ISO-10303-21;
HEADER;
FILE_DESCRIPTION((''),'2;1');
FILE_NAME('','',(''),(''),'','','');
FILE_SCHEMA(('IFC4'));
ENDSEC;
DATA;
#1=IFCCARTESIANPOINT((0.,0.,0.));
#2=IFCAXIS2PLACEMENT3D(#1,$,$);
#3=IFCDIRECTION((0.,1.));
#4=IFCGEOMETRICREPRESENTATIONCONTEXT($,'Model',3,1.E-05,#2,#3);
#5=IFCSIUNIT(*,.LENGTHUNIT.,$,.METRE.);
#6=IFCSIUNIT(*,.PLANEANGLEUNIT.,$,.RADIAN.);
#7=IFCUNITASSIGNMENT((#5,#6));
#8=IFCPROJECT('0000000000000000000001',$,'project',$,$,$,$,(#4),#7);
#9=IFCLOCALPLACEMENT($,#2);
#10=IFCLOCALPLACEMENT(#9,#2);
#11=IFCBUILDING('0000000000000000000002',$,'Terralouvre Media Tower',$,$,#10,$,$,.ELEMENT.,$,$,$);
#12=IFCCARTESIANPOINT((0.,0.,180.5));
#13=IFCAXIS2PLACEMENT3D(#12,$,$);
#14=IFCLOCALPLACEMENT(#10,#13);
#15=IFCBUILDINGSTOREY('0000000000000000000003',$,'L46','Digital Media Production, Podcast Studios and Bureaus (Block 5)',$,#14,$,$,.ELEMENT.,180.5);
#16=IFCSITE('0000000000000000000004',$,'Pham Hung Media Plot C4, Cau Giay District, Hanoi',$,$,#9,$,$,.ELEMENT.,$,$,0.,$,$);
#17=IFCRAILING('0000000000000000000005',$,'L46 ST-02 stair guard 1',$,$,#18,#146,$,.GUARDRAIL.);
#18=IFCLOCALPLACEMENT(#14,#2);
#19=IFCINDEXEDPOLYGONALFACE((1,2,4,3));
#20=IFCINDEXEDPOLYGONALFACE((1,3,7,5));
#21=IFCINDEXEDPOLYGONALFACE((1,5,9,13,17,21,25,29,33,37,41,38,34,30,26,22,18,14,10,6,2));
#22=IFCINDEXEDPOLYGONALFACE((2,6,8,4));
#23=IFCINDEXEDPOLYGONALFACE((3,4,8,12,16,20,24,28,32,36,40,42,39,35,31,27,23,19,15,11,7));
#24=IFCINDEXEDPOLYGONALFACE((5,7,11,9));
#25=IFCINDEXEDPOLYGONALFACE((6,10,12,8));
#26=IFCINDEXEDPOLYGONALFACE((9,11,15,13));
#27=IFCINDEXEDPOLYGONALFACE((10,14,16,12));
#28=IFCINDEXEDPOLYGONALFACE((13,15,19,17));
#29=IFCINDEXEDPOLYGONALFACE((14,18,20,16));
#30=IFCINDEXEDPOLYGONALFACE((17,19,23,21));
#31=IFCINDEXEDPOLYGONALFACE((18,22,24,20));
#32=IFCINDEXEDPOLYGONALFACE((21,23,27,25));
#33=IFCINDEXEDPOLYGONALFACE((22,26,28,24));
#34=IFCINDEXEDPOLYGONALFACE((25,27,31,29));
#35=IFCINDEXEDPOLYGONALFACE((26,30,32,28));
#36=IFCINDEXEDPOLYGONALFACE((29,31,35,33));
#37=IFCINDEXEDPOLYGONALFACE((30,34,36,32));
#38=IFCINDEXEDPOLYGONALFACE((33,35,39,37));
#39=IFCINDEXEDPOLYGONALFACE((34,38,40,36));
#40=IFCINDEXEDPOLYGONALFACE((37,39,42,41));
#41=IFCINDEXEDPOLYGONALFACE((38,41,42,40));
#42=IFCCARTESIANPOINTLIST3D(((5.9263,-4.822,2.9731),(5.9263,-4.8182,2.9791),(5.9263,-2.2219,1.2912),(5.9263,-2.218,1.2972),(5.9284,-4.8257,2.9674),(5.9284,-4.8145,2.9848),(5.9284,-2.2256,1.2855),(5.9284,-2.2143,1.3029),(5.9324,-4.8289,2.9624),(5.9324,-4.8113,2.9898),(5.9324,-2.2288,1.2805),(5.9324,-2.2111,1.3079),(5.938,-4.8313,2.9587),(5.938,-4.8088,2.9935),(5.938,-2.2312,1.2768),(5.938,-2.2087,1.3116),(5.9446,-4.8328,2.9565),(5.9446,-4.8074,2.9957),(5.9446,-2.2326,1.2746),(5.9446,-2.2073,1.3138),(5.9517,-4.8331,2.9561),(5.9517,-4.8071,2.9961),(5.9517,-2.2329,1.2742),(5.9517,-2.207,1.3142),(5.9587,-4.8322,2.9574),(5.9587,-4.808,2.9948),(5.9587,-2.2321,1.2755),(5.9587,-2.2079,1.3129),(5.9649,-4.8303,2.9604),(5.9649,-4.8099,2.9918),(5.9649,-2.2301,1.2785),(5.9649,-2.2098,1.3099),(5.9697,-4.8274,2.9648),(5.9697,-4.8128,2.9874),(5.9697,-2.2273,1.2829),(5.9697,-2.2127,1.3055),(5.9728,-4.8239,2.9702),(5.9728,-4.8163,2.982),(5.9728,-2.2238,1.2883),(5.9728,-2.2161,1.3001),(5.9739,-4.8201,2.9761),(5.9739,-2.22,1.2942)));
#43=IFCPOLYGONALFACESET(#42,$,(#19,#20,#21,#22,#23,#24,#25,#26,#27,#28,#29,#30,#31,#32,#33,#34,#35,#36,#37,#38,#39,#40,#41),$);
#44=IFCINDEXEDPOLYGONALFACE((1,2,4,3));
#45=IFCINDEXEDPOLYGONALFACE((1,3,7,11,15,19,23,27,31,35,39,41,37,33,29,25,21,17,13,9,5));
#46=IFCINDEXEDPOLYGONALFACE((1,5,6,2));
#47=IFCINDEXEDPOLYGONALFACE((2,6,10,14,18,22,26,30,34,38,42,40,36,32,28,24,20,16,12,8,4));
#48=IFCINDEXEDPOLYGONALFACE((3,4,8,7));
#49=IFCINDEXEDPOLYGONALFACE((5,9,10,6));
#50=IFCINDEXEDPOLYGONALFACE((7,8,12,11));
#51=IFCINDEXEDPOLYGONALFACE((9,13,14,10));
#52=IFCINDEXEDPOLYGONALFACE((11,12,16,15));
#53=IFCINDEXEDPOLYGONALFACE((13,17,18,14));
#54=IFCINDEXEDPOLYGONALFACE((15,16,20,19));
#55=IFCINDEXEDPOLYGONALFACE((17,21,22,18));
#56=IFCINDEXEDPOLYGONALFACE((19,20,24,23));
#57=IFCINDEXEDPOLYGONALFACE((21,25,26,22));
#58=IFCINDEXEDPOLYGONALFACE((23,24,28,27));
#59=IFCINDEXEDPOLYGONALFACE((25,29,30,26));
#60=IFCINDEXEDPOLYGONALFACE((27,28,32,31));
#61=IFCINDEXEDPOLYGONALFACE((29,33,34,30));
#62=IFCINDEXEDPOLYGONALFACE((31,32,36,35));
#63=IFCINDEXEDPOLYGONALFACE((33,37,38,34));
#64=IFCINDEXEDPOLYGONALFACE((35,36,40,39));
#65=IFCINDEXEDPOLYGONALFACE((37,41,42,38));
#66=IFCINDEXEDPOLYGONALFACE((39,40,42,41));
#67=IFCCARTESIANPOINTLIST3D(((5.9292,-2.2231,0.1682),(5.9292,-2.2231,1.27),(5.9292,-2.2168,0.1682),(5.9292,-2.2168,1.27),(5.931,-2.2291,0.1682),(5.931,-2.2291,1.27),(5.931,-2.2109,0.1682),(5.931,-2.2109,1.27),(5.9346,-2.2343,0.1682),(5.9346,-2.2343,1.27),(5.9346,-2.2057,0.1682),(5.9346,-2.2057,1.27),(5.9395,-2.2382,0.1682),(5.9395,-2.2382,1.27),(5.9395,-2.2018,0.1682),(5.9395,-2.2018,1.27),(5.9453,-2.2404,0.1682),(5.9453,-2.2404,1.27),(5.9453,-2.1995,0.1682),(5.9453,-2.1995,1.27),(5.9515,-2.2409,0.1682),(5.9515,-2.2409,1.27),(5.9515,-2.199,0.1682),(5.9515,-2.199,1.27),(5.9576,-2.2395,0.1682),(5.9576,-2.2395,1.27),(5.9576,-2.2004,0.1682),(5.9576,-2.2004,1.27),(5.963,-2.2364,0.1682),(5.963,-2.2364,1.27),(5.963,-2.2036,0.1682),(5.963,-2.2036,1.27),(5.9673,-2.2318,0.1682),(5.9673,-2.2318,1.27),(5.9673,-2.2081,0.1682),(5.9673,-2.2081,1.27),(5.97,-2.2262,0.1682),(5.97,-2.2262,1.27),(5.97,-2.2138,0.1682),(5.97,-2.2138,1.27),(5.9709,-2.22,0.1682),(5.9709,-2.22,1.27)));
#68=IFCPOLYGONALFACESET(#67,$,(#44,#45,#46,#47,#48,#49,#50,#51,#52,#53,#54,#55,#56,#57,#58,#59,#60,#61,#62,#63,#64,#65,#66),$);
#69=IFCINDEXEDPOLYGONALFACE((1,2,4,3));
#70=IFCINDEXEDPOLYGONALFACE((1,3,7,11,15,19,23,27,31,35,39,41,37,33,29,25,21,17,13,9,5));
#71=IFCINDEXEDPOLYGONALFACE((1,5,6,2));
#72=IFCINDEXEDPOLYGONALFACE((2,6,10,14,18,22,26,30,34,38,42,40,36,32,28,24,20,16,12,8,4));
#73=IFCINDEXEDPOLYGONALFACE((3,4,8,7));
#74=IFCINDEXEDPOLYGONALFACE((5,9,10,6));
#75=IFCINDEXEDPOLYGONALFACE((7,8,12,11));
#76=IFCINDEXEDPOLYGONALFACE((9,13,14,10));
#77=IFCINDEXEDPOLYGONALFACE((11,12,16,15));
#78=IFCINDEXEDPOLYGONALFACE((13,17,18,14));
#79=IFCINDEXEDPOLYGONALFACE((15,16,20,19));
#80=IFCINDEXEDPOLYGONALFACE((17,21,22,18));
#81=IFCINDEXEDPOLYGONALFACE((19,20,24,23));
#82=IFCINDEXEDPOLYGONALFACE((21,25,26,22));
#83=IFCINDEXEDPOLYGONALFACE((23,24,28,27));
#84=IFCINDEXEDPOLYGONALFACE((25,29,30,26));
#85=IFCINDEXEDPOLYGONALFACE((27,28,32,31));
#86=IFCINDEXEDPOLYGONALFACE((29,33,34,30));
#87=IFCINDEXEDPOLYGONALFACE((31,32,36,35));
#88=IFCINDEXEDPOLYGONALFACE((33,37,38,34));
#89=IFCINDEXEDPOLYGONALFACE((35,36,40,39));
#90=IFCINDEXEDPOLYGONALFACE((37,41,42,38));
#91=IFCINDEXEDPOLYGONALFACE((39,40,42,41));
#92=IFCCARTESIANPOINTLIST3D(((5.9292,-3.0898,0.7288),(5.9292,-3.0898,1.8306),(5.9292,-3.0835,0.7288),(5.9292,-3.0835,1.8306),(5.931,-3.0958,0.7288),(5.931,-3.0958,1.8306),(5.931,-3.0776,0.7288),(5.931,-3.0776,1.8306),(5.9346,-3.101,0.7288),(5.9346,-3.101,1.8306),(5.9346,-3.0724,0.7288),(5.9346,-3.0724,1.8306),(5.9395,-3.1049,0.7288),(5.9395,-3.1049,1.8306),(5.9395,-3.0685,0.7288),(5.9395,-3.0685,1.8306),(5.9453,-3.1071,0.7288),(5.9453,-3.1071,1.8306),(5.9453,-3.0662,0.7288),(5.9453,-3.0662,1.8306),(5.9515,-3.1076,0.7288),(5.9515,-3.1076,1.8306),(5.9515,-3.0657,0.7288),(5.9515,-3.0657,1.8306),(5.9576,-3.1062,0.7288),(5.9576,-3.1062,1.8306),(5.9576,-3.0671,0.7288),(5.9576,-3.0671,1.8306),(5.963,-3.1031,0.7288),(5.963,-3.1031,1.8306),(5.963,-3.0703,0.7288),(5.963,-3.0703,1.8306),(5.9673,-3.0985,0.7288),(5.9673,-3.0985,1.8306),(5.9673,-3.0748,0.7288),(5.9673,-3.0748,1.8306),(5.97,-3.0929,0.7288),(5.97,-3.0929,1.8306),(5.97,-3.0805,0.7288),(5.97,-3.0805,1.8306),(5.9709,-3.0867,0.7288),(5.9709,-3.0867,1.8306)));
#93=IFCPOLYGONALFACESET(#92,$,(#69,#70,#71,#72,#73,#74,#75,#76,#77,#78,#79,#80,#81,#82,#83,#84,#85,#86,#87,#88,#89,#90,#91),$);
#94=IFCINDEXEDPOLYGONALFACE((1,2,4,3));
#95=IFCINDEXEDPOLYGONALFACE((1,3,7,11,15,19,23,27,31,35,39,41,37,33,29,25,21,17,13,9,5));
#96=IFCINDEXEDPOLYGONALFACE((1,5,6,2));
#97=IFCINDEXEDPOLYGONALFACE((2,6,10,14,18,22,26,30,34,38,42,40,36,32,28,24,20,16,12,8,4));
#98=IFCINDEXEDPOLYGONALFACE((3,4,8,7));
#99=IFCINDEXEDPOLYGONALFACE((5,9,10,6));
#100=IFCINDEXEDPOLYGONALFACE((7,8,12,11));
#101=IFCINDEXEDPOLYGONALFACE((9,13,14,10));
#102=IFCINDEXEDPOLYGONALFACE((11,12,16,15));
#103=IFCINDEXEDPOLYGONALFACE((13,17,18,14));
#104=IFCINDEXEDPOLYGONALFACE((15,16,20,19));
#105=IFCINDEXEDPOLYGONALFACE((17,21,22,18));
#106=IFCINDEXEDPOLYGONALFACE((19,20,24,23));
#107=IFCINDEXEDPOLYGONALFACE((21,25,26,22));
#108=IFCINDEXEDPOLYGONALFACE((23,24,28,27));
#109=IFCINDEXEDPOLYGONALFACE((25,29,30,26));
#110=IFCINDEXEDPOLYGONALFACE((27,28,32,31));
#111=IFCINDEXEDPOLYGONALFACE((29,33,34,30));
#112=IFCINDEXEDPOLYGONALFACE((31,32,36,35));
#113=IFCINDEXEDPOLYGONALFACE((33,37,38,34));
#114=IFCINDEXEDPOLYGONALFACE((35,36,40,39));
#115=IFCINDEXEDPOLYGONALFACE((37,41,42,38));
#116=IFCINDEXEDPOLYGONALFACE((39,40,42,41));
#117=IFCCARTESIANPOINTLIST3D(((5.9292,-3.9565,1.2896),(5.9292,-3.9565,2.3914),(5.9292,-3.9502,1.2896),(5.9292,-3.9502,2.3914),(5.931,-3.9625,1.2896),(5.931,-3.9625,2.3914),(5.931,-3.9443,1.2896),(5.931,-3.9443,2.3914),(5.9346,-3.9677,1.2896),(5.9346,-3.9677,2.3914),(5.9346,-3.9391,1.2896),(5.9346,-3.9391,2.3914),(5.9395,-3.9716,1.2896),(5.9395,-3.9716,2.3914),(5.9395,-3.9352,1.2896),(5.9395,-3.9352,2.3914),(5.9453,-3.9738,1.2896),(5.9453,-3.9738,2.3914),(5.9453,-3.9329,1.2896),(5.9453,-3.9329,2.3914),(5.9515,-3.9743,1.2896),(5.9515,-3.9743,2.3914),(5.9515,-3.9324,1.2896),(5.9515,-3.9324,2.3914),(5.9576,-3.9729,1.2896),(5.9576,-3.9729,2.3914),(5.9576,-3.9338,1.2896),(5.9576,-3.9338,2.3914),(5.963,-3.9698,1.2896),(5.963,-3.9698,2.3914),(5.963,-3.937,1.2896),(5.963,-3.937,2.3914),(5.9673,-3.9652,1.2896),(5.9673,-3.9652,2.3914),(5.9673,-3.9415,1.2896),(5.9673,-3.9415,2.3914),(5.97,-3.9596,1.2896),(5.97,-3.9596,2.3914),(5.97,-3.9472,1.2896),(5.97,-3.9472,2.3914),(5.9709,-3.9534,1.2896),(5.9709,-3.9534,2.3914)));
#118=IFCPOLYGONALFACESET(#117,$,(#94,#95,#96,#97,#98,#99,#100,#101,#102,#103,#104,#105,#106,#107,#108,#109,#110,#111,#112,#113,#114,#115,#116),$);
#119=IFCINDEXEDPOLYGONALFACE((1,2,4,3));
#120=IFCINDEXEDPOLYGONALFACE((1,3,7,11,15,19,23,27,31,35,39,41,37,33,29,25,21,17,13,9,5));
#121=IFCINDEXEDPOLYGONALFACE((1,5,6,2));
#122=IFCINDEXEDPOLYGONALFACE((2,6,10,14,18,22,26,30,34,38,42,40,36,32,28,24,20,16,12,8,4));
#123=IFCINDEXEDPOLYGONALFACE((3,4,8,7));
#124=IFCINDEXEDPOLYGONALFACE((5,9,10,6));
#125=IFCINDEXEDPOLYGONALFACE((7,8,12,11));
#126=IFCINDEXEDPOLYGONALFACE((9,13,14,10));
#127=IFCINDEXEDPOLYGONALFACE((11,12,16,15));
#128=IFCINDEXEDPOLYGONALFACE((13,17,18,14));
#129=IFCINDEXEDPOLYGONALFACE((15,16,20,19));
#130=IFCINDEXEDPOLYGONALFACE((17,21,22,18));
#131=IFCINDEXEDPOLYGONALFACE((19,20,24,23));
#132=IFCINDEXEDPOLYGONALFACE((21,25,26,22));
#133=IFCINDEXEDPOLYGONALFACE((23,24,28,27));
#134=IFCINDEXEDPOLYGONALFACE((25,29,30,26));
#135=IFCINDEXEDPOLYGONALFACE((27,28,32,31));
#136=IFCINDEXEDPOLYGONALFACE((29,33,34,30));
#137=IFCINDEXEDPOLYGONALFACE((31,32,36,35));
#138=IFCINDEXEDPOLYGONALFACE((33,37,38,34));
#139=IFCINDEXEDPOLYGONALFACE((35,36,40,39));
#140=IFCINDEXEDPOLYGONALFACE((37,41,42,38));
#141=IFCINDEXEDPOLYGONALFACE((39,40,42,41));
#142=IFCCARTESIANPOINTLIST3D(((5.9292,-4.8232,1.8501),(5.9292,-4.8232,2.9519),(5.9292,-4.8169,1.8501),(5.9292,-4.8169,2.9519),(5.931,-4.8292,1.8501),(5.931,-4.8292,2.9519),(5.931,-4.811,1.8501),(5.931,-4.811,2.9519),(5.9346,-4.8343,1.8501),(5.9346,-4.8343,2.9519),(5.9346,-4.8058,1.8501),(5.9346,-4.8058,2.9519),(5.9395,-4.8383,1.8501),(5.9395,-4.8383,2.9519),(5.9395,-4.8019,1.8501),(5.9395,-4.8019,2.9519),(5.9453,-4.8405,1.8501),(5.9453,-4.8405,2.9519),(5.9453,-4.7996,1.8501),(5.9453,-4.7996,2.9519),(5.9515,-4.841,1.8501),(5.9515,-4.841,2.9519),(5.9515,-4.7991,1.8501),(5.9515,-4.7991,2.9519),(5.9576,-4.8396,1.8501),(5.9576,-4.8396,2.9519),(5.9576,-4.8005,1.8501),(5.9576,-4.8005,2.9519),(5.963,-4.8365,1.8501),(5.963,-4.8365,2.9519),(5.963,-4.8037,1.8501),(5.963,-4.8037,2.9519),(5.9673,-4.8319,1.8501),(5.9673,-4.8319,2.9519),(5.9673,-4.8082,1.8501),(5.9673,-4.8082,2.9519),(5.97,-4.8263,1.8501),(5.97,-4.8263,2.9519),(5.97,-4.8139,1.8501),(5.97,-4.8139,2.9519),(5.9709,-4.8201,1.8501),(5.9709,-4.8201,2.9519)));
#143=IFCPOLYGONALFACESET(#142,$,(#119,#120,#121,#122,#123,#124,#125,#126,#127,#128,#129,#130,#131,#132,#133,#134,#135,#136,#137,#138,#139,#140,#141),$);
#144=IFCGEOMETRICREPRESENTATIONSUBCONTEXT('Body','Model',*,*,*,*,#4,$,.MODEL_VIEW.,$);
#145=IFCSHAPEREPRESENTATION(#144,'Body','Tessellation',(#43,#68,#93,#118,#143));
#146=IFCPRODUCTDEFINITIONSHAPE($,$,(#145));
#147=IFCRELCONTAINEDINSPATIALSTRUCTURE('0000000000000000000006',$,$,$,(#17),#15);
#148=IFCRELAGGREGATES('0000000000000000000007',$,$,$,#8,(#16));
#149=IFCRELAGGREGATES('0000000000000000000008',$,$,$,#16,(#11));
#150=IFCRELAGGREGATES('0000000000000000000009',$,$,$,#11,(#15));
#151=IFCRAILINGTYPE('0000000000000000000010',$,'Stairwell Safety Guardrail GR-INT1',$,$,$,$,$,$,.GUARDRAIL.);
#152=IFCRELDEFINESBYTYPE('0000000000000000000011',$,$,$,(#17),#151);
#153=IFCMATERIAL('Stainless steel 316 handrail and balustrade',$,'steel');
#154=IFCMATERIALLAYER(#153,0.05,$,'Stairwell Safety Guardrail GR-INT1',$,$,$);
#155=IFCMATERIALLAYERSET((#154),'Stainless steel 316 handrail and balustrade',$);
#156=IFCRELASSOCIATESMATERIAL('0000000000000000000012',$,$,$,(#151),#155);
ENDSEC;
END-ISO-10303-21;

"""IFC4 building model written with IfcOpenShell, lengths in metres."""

from ifc_helpers import new_model, si_unit, direction, frame, origin, origin_2d, place, context, subcontext, project, spatial, circle, extrude, material, layer, layer_set, type_object, element, save


model = new_model("IFC4")

# Units and contexts
model_context = context("Model", 3, precision=1e-05, world=origin(), true_north=direction((0.0, 1.0)))
body_context = subcontext(model_context, "Body", "Model", "MODEL_VIEW")
ifc_project = project(units=[si_unit("LENGTHUNIT", "METRE"), si_unit("PLANEANGLEUNIT", "RADIAN")], contexts=[model_context])

# Site, building, storey
site_placement = place(None, origin())
site = spatial("IfcSite", under=ifc_project, at=site_placement, Name="Pham Hung Media Plot C4, Cau Giay District, Hanoi", CompositionType="ELEMENT", RefElevation=0.0)
building_placement = place(site_placement, origin())
building = spatial("IfcBuilding", under=site, at=building_placement, Name="Terralouvre Media Tower", CompositionType="ELEMENT")
storey_placement = place(building_placement, frame((0.0, 0.0, 180.5)))
storey = spatial("IfcBuildingStorey", under=building, at=storey_placement, Name="L46", Description="Digital Media Production, Podcast Studios and Bureaus (Block 5)", CompositionType="ELEMENT", Elevation=180.5)

# Railing
ifc_material_1 = material(Name="Stainless steel 316 handrail and balustrade", Category="steel")
ifc_layer_1 = layer(ifc_material_1, 0.05, Name="Stairwell Safety Guardrail GR-INT1")
ifc_layer_set_1 = layer_set([ifc_layer_1], Name="Stainless steel 316 handrail and balustrade")
railing_type_1 = type_object("IfcRailingType", Name="Stairwell Safety Guardrail GR-INT1", PredefinedType="GUARDRAIL", material=ifc_layer_set_1)
railing_1_placement = place(storey_placement, frame((5.95, -2.22, 0.1682)))
element("IfcRailing", 1, at=railing_1_placement, inside=storey, type_object=railing_type_1, Name="L46 ST-02 stair guard 1", PredefinedType="GUARDRAIL", context=body_context, shape_type="SweptSolid", body=[
    extrude(circle(Radius=0.0239, at=origin_2d()), frame((0.0, 0.0, 1.126), z_axis=(0.0, -0.839648, 0.54313), x_axis=(1.0, 0.0, 0.0)), (0.0, 0.0, 1.0), 3.0967),
    extrude(circle(Radius=0.021, at=origin_2d()), origin(), (0.0, 0.0, 1.0), 1.1018),
    extrude(circle(Radius=0.021, at=origin_2d()), frame((0.0, -0.8667, 0.5605)), (0.0, 0.0, 1.0), 1.1018),
    extrude(circle(Radius=0.021, at=origin_2d()), frame((0.0, -1.7334, 1.1213)), (0.0, 0.0, 1.0), 1.1018),
    extrude(circle(Radius=0.021, at=origin_2d()), frame((0.0, -2.6001, 1.6819)), (0.0, 0.0, 1.0), 1.1018),
])

save(model, "model.ifc")
